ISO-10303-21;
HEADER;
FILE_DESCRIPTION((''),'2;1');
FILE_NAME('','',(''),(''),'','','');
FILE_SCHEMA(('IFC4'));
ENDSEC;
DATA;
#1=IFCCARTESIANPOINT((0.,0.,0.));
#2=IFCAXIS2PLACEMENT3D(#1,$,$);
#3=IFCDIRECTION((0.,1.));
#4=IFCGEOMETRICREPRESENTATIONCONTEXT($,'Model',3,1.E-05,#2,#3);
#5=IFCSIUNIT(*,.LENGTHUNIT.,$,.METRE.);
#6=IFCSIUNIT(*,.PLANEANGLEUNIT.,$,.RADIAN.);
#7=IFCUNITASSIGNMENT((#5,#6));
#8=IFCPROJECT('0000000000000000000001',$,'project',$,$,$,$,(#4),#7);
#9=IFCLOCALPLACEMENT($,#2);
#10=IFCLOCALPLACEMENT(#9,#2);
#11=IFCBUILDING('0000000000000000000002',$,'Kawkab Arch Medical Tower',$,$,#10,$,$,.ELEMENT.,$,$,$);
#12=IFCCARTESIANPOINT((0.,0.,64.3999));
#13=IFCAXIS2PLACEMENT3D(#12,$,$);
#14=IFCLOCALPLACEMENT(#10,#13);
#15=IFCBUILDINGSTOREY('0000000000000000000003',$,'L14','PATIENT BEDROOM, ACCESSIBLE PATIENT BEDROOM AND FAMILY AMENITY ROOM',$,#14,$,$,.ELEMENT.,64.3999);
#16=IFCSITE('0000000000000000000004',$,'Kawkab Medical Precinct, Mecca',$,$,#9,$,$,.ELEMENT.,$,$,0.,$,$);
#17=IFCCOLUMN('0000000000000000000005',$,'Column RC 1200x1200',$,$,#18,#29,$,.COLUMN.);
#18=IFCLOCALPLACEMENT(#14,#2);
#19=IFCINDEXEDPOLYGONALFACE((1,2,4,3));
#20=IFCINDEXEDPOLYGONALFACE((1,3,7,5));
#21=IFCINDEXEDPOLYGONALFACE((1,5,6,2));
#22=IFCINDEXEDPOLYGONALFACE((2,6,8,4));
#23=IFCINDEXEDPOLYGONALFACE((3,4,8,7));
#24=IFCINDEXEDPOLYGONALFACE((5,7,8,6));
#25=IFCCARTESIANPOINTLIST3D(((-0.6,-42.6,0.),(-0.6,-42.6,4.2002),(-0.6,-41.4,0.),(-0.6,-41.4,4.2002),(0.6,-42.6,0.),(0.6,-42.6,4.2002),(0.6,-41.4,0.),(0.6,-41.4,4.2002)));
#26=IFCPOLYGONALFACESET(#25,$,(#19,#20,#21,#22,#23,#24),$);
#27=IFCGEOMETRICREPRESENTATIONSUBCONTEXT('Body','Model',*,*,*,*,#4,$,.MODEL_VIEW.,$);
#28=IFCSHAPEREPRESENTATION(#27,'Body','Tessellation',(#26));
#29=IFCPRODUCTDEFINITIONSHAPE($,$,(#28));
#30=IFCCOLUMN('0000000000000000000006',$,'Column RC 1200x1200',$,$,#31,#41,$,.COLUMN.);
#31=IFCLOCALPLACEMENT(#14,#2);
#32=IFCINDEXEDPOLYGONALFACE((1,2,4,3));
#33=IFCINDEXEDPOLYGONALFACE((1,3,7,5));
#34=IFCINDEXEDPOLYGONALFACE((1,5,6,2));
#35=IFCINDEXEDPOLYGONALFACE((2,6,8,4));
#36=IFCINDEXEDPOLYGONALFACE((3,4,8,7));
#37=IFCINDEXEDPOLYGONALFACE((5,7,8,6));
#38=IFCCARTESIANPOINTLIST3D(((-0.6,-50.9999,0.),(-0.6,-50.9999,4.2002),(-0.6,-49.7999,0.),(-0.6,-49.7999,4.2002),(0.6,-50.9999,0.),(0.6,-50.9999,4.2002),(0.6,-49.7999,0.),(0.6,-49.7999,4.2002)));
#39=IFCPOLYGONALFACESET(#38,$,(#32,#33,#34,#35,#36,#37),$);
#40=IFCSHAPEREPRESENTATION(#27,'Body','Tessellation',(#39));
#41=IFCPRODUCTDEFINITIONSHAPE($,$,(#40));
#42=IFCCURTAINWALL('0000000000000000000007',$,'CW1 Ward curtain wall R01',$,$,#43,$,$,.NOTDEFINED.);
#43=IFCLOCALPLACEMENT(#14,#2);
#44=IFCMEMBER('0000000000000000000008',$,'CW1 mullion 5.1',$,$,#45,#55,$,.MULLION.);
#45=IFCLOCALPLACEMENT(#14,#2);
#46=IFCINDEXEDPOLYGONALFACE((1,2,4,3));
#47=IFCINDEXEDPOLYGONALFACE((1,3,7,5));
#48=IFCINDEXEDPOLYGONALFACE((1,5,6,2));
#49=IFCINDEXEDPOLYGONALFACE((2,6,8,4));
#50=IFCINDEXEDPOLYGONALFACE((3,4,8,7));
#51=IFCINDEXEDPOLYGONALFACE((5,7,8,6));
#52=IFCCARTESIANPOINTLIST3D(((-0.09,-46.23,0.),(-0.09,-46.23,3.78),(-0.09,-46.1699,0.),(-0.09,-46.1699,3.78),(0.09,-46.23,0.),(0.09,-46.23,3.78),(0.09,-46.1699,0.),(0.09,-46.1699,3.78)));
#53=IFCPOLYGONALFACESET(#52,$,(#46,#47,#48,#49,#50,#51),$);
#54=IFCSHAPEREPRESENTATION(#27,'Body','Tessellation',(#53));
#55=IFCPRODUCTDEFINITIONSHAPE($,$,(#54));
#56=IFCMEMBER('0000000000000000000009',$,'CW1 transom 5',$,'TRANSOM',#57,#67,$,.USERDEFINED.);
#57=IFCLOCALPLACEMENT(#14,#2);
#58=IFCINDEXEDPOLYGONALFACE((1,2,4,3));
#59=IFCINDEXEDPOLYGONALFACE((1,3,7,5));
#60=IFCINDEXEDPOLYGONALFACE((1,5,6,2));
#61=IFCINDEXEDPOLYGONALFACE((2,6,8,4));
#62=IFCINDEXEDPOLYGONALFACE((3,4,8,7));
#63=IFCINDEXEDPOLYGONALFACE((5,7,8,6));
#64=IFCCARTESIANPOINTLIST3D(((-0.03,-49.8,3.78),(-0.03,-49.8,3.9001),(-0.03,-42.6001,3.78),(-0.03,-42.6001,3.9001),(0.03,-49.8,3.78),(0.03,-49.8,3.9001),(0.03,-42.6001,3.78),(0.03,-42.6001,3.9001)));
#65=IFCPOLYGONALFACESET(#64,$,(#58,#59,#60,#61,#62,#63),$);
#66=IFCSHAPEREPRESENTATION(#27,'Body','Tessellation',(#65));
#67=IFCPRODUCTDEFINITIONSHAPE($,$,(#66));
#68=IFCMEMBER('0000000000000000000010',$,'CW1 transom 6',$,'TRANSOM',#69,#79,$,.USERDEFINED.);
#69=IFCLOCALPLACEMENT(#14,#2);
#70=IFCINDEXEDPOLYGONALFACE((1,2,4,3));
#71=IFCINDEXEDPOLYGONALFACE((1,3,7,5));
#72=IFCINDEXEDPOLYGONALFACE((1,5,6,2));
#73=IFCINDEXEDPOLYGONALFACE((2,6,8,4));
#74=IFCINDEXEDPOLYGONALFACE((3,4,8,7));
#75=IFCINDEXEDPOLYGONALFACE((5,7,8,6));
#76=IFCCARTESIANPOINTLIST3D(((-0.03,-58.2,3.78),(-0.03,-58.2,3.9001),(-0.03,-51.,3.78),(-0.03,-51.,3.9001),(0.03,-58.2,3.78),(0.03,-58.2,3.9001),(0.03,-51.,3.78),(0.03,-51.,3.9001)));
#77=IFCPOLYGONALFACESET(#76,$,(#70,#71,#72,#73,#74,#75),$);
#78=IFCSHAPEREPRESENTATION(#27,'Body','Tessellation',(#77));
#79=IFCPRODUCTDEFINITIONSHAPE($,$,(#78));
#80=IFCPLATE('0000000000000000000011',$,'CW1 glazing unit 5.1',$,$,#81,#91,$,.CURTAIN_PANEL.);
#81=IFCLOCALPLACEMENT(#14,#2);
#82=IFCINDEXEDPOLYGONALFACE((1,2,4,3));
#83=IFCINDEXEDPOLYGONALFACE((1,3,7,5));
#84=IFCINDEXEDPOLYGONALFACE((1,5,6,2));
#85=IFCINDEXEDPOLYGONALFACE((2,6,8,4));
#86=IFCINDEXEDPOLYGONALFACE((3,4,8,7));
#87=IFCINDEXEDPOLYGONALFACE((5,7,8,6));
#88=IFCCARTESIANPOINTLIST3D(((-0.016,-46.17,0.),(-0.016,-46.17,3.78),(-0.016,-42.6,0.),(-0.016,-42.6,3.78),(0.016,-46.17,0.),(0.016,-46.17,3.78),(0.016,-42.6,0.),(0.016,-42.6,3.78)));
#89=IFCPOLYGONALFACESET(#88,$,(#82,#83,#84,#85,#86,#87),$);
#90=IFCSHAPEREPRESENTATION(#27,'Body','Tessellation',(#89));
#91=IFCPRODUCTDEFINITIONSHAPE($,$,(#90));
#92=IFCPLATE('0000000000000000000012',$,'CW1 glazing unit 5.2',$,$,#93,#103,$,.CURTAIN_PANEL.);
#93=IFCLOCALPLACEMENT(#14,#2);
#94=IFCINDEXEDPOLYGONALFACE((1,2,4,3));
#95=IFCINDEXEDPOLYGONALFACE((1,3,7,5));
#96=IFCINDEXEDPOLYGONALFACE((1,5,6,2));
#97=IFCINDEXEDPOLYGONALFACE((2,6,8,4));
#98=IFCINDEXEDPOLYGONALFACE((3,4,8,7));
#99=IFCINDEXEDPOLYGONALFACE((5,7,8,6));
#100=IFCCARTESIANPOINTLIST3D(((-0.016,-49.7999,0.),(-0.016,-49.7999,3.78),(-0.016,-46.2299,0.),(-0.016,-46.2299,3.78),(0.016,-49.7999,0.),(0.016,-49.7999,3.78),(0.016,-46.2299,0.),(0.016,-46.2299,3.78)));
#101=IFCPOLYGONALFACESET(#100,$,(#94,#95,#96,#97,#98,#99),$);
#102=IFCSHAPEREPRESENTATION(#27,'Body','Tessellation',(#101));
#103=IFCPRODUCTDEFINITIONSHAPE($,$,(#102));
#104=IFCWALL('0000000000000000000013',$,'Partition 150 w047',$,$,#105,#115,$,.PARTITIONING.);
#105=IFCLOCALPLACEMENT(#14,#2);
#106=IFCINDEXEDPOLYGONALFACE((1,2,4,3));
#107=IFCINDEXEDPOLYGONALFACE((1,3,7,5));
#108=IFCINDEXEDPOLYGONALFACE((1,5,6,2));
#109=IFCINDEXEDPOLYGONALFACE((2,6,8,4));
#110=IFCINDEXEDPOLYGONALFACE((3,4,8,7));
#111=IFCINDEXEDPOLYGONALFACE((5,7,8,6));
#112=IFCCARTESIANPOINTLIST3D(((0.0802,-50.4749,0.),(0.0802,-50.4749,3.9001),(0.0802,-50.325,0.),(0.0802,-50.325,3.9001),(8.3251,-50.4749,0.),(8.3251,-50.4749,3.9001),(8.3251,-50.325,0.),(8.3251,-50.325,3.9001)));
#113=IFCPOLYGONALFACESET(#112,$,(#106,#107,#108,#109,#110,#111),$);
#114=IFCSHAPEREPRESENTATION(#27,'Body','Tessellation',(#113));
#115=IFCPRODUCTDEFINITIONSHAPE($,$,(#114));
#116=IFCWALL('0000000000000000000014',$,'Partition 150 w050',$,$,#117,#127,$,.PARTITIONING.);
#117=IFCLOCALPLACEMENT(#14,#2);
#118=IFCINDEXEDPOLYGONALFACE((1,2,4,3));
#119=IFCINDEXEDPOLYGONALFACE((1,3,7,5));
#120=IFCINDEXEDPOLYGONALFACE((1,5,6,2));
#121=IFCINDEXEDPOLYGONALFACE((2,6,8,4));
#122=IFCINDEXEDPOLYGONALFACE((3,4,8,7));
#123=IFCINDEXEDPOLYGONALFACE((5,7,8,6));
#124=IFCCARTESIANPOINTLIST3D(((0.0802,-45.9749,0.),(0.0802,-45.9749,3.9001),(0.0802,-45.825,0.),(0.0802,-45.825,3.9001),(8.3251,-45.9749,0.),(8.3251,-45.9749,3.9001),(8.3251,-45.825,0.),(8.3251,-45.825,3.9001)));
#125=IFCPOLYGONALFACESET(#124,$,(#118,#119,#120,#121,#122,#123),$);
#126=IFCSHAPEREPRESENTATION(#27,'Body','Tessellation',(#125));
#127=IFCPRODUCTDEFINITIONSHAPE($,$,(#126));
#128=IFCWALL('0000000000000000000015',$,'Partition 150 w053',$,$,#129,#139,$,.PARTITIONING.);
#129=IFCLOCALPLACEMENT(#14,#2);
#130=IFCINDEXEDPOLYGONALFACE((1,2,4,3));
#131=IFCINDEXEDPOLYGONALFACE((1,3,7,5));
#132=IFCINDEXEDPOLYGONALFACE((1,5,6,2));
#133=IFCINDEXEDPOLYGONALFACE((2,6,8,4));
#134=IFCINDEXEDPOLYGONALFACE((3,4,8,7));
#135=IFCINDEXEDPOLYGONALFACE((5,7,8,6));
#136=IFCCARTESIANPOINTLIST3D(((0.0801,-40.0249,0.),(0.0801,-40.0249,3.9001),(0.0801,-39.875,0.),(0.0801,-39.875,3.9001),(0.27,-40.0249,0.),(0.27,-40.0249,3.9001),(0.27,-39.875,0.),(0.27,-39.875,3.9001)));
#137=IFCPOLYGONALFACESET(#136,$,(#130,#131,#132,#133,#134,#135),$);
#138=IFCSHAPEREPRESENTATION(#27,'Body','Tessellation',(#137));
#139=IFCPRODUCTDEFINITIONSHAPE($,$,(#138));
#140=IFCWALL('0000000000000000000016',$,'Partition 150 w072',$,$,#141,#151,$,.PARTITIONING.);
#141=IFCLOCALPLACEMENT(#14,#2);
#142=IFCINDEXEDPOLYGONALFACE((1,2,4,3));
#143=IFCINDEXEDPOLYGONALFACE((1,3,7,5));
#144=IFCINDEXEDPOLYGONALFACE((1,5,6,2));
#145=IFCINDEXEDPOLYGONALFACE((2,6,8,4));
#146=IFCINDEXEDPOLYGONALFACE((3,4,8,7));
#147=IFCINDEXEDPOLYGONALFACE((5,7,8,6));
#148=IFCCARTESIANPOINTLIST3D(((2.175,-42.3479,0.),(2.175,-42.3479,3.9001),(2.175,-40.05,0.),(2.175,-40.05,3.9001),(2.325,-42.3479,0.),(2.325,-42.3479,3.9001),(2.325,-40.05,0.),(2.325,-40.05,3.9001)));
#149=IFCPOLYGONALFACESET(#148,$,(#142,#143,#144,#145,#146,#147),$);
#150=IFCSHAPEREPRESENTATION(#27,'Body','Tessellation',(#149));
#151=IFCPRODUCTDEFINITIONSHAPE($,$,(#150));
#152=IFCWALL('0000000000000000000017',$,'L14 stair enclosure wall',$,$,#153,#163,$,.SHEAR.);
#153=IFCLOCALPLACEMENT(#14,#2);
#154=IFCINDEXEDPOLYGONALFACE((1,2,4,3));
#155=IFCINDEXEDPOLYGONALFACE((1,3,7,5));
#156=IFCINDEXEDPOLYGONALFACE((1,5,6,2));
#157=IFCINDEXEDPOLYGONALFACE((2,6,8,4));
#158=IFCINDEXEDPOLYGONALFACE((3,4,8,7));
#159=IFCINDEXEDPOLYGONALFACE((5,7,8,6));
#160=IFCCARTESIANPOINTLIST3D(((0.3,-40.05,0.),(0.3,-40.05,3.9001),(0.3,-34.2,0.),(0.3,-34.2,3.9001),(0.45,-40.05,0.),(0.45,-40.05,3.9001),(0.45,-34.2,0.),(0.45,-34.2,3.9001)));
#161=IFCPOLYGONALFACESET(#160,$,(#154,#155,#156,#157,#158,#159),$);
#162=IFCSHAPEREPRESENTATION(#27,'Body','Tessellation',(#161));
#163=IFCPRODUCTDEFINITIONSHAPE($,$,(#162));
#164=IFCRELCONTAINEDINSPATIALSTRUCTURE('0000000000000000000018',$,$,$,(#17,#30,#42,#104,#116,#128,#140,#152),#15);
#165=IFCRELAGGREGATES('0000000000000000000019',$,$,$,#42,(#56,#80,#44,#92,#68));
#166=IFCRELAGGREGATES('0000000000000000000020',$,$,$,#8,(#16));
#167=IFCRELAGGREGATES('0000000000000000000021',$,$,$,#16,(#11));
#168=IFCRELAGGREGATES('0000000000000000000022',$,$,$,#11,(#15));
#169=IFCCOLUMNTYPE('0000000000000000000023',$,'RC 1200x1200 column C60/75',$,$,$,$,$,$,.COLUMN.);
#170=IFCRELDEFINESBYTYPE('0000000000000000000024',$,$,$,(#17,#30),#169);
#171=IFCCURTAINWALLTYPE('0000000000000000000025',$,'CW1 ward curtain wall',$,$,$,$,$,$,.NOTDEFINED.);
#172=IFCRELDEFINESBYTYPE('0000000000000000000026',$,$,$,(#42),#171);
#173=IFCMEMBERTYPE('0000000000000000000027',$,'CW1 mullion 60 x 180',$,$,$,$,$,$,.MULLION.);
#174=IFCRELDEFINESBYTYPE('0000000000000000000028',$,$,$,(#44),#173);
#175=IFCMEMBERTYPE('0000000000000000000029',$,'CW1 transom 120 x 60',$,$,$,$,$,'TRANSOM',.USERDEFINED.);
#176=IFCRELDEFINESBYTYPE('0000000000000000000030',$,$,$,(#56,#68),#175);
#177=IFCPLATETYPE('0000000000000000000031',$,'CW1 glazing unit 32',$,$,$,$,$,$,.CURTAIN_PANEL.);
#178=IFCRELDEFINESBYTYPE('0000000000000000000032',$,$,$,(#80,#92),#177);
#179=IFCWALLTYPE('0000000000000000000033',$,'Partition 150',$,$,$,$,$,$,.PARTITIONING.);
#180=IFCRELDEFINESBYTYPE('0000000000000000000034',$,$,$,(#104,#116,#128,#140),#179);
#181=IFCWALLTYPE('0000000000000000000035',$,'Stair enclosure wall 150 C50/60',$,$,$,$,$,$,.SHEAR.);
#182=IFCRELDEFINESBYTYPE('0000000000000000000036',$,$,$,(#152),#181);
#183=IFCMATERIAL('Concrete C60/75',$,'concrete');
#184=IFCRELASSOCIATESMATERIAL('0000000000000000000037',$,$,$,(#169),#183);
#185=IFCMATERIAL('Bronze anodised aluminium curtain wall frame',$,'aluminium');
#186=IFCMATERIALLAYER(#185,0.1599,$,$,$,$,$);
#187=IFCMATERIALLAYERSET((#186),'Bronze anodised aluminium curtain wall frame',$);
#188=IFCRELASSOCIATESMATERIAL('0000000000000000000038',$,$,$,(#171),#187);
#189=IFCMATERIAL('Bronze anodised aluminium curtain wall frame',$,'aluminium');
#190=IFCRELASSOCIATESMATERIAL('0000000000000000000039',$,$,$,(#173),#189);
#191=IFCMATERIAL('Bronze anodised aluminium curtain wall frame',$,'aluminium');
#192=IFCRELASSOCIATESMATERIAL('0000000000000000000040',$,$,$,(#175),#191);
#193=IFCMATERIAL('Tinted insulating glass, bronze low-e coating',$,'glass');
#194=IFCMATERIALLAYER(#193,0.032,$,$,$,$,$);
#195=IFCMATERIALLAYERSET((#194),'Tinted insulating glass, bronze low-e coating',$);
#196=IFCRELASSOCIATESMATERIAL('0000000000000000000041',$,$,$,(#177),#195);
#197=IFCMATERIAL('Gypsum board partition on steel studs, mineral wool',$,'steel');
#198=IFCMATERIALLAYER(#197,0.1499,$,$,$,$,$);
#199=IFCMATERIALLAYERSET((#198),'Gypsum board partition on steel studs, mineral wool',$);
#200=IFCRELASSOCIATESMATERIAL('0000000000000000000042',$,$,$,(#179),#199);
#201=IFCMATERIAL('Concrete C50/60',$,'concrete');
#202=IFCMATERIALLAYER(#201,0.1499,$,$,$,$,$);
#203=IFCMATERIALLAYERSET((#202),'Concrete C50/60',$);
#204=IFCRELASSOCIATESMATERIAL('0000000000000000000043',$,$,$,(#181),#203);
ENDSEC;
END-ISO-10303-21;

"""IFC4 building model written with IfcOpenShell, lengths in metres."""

from ifc_helpers import new_model, si_unit, direction, frame, frame_2d, origin, origin_2d, place, context, subcontext, project, spatial, rectangle, extrude, material, layer, layer_set, material_profile, profile_set, type_object, element, aggregate, save


model = new_model("IFC4")

# Units and contexts
model_context = context("Model", 3, precision=1e-05, world=origin(), true_north=direction((0.0, 1.0)))
body_context = subcontext(model_context, "Body", "Model", "MODEL_VIEW")
ifc_project = project(units=[si_unit("LENGTHUNIT", "METRE"), si_unit("PLANEANGLEUNIT", "RADIAN")], contexts=[model_context])

# Site, building, storey
site_placement = place(None, origin())
site = spatial("IfcSite", under=ifc_project, at=site_placement, Name="Kawkab Medical Precinct, Mecca", CompositionType="ELEMENT", RefElevation=0.0)
building_placement = place(site_placement, origin())
building = spatial("IfcBuilding", under=site, at=building_placement, Name="Kawkab Arch Medical Tower", CompositionType="ELEMENT")
storey_placement = place(building_placement, frame((0.0, 0.0, 64.3999)))
storey = spatial("IfcBuildingStorey", under=building, at=storey_placement, Name="L14", Description="PATIENT BEDROOM, ACCESSIBLE PATIENT BEDROOM AND FAMILY AMENITY ROOM", CompositionType="ELEMENT", Elevation=64.3999)

# Columns
ifc_material_1 = material(Name="Concrete C60/75", Category="concrete")
ifc_material_profile_1 = material_profile(ifc_material_1, rectangle(XDim=1.2, YDim=1.2, at=origin_2d()), Name="RC 1200x1200")
ifc_profile_set_1 = profile_set([ifc_material_profile_1], Name="Concrete C60/75")
column_type = type_object("IfcColumnType", Name="RC 1200x1200 column C60/75", PredefinedType="COLUMN", material=ifc_profile_set_1)
for number, where, z_axis, x_axis, name in (
    (1, (0.0, -42.0, 0.0), (0.0, 0.0, 1.0), (1.0, 0.0, 0.0), "Column RC 1200x1200"),
    (2, (0.0, -50.3999, 0.0), (0.0, 0.0, 1.0), (1.0, 0.0, 0.0), "Column RC 1200x1200"),
):
    element("IfcColumn", number, at=place(storey_placement, frame(where, z_axis=z_axis, x_axis=x_axis)), inside=storey, type_object=column_type, Name=name, PredefinedType="COLUMN", context=body_context, shape_type="SweptSolid", body=[
        extrude(rectangle(XDim=1.2, YDim=1.2, at=origin_2d()), origin(), (0.0, 0.0, 1.0), 4.2002),
    ])

# Curtain wall, members, plates
ifc_material_2 = material(Name="Bronze anodised aluminium curtain wall frame", Category="aluminium")
ifc_layer_1 = layer(ifc_material_2, 0.1599)
ifc_layer_set_1 = layer_set([ifc_layer_1], Name="Bronze anodised aluminium curtain wall frame")
curtain_wall_type = type_object("IfcCurtainWallType", Name="CW1 ward curtain wall", PredefinedType="NOTDEFINED", material=ifc_layer_set_1)
curtain_wall_placement = place(storey_placement, origin())
curtain_wall = element("IfcCurtainWall", 3, at=curtain_wall_placement, inside=storey, type_object=curtain_wall_type, Name="CW1 Ward curtain wall R01", PredefinedType="NOTDEFINED")
ifc_material_3 = material(Name="Bronze anodised aluminium curtain wall frame", Category="aluminium")
ifc_material_profile_2 = material_profile(ifc_material_3, rectangle(XDim=0.1799, YDim=0.0601, at=origin_2d()), Name="AL 60x180")
ifc_profile_set_2 = profile_set([ifc_material_profile_2], Name="Bronze anodised aluminium curtain wall frame")
member_type_1 = type_object("IfcMemberType", Name="CW1 mullion 60 x 180", PredefinedType="MULLION", material=ifc_profile_set_2)
member_1_placement = place(storey_placement, frame((0.0, -46.2, 0.0), z_axis=(0.0, 0.0, 1.0), x_axis=(1.0, 0.0, 0.0)))
member_1 = element("IfcMember", 4, at=member_1_placement, type_object=member_type_1, Name="CW1 mullion 5.1", PredefinedType="MULLION", context=body_context, shape_type="SweptSolid", body=[
    extrude(rectangle(XDim=0.1799, YDim=0.0601, at=origin_2d()), origin(), (0.0, 0.0, 1.0), 3.78),
])
ifc_material_4 = material(Name="Bronze anodised aluminium curtain wall frame", Category="aluminium")
ifc_material_profile_3 = material_profile(ifc_material_4, rectangle(XDim=0.0601, YDim=0.1201, at=origin_2d()), Name="AL 60x120")
ifc_profile_set_3 = profile_set([ifc_material_profile_3], Name="Bronze anodised aluminium curtain wall frame")
member_type_2 = type_object("IfcMemberType", Name="CW1 transom 120 x 60", ElementType="TRANSOM", PredefinedType="USERDEFINED", material=ifc_profile_set_3)
member_2_placement = place(storey_placement, frame((0.0, -42.6001, 3.8401), z_axis=(0.0, -1.0, 0.0), x_axis=(1.0, 0.0, 0.0)))
member_2 = element("IfcMember", 5, at=member_2_placement, type_object=member_type_2, Name="CW1 transom 5", ObjectType="TRANSOM", PredefinedType="USERDEFINED", context=body_context, shape_type="SweptSolid", body=[
    extrude(rectangle(XDim=0.0601, YDim=0.1201, at=origin_2d()), origin(), (0.0, 0.0, 1.0), 7.2),
])
member_3_placement = place(storey_placement, frame((0.0, -51.0, 3.8401), z_axis=(0.0, -1.0, 0.0), x_axis=(1.0, 0.0, 0.0)))
member_3 = element("IfcMember", 6, at=member_3_placement, type_object=member_type_2, Name="CW1 transom 6", ObjectType="TRANSOM", PredefinedType="USERDEFINED", context=body_context, shape_type="SweptSolid", body=[
    extrude(rectangle(XDim=0.0601, YDim=0.1201, at=origin_2d()), origin(), (0.0, 0.0, 1.0), 7.2),
])
ifc_material_5 = material(Name="Tinted insulating glass, bronze low-e coating", Category="glass")
ifc_layer_2 = layer(ifc_material_5, 0.032)
ifc_layer_set_2 = layer_set([ifc_layer_2], Name="Tinted insulating glass, bronze low-e coating")
plate_type = type_object("IfcPlateType", Name="CW1 glazing unit 32", PredefinedType="CURTAIN_PANEL", material=ifc_layer_set_2)
plate_1_placement = place(storey_placement, frame((0.0, -44.385, 0.0), z_axis=(0.0, 0.0, 1.0), x_axis=(0.0, -1.0, 0.0)))
plate_1 = element("IfcPlate", 7, at=plate_1_placement, type_object=plate_type, Name="CW1 glazing unit 5.1", PredefinedType="CURTAIN_PANEL", context=body_context, shape_type="SweptSolid", body=[
    extrude(rectangle(XDim=3.5701, YDim=0.032, at=origin_2d()), origin(), (0.0, 0.0, 1.0), 3.78),
])
plate_2_placement = place(storey_placement, frame((0.0, -48.0149, 0.0), z_axis=(0.0, 0.0, 1.0), x_axis=(0.0, -1.0, 0.0)))
plate_2 = element("IfcPlate", 8, at=plate_2_placement, type_object=plate_type, Name="CW1 glazing unit 5.2", PredefinedType="CURTAIN_PANEL", context=body_context, shape_type="SweptSolid", body=[
    extrude(rectangle(XDim=3.5701, YDim=0.032, at=origin_2d()), origin(), (0.0, 0.0, 1.0), 3.78),
])
aggregate(curtain_wall, [member_2, plate_1, member_1, plate_2, member_3])

# Walls
ifc_material_6 = material(Name="Gypsum board partition on steel studs, mineral wool", Category="steel")
ifc_layer_3 = layer(ifc_material_6, 0.1499)
ifc_layer_set_3 = layer_set([ifc_layer_3], Name="Gypsum board partition on steel studs, mineral wool")
wall_type_1 = type_object("IfcWallType", Name="Partition 150", PredefinedType="PARTITIONING", material=ifc_layer_set_3)
for number, where, z_axis, x_axis, name in (
    (9, (0.0801, -50.3999, 0.0), (0.0, 0.0, 1.0), (1.0, 0.0, 0.0), "Partition 150 w047"),
    (10, (0.0801, -45.8999, 0.0), (0.0, 0.0, 1.0), (1.0, 0.0, 0.0), "Partition 150 w050"),
):
    element("IfcWall", number, at=place(storey_placement, frame(where, z_axis=z_axis, x_axis=x_axis)), inside=storey, type_object=wall_type_1, Name=name, PredefinedType="PARTITIONING", context=body_context, shape_type="SweptSolid", body=[
        extrude(rectangle(XDim=8.2449, YDim=0.1499, at=frame_2d((4.1226, 0.0))), origin(), (0.0, 0.0, 1.0), 3.9001),
    ])
wall_1_placement = place(storey_placement, frame((0.0801, -39.95, 0.0), z_axis=(0.0, 0.0, 1.0), x_axis=(1.0, 0.0, 0.0)))
element("IfcWall", 11, at=wall_1_placement, inside=storey, type_object=wall_type_1, Name="Partition 150 w053", PredefinedType="PARTITIONING", context=body_context, shape_type="SweptSolid", body=[
    extrude(rectangle(XDim=0.1899, YDim=0.1499, at=frame_2d((0.095, 0.0))), origin(), (0.0, 0.0, 1.0), 3.9001),
])
wall_2_placement = place(storey_placement, frame((2.25, -42.3479, 0.0), z_axis=(0.0, 0.0, 1.0), x_axis=(0.0, 1.0, 0.0)))
element("IfcWall", 12, at=wall_2_placement, inside=storey, type_object=wall_type_1, Name="Partition 150 w072", PredefinedType="PARTITIONING", context=body_context, shape_type="SweptSolid", body=[
    extrude(rectangle(XDim=2.2979, YDim=0.1499, at=frame_2d((1.1489, 0.0))), origin(), (0.0, 0.0, 1.0), 3.9001),
])
ifc_material_7 = material(Name="Concrete C50/60", Category="concrete")
ifc_layer_4 = layer(ifc_material_7, 0.1499)
ifc_layer_set_4 = layer_set([ifc_layer_4], Name="Concrete C50/60")
wall_type_2 = type_object("IfcWallType", Name="Stair enclosure wall 150 C50/60", PredefinedType="SHEAR", material=ifc_layer_set_4)
wall_3_placement = place(storey_placement, frame((0.375, -40.05, 0.0), z_axis=(0.0, 0.0, 1.0), x_axis=(0.0, 1.0, 0.0)))
element("IfcWall", 13, at=wall_3_placement, inside=storey, type_object=wall_type_2, Name="L14 stair enclosure wall", PredefinedType="SHEAR", context=body_context, shape_type="SweptSolid", body=[
    extrude(rectangle(XDim=5.8501, YDim=0.1499, at=frame_2d((2.925, 0.0))), origin(), (0.0, 0.0, 1.0), 3.9001),
])

save(model, "model.ifc")
